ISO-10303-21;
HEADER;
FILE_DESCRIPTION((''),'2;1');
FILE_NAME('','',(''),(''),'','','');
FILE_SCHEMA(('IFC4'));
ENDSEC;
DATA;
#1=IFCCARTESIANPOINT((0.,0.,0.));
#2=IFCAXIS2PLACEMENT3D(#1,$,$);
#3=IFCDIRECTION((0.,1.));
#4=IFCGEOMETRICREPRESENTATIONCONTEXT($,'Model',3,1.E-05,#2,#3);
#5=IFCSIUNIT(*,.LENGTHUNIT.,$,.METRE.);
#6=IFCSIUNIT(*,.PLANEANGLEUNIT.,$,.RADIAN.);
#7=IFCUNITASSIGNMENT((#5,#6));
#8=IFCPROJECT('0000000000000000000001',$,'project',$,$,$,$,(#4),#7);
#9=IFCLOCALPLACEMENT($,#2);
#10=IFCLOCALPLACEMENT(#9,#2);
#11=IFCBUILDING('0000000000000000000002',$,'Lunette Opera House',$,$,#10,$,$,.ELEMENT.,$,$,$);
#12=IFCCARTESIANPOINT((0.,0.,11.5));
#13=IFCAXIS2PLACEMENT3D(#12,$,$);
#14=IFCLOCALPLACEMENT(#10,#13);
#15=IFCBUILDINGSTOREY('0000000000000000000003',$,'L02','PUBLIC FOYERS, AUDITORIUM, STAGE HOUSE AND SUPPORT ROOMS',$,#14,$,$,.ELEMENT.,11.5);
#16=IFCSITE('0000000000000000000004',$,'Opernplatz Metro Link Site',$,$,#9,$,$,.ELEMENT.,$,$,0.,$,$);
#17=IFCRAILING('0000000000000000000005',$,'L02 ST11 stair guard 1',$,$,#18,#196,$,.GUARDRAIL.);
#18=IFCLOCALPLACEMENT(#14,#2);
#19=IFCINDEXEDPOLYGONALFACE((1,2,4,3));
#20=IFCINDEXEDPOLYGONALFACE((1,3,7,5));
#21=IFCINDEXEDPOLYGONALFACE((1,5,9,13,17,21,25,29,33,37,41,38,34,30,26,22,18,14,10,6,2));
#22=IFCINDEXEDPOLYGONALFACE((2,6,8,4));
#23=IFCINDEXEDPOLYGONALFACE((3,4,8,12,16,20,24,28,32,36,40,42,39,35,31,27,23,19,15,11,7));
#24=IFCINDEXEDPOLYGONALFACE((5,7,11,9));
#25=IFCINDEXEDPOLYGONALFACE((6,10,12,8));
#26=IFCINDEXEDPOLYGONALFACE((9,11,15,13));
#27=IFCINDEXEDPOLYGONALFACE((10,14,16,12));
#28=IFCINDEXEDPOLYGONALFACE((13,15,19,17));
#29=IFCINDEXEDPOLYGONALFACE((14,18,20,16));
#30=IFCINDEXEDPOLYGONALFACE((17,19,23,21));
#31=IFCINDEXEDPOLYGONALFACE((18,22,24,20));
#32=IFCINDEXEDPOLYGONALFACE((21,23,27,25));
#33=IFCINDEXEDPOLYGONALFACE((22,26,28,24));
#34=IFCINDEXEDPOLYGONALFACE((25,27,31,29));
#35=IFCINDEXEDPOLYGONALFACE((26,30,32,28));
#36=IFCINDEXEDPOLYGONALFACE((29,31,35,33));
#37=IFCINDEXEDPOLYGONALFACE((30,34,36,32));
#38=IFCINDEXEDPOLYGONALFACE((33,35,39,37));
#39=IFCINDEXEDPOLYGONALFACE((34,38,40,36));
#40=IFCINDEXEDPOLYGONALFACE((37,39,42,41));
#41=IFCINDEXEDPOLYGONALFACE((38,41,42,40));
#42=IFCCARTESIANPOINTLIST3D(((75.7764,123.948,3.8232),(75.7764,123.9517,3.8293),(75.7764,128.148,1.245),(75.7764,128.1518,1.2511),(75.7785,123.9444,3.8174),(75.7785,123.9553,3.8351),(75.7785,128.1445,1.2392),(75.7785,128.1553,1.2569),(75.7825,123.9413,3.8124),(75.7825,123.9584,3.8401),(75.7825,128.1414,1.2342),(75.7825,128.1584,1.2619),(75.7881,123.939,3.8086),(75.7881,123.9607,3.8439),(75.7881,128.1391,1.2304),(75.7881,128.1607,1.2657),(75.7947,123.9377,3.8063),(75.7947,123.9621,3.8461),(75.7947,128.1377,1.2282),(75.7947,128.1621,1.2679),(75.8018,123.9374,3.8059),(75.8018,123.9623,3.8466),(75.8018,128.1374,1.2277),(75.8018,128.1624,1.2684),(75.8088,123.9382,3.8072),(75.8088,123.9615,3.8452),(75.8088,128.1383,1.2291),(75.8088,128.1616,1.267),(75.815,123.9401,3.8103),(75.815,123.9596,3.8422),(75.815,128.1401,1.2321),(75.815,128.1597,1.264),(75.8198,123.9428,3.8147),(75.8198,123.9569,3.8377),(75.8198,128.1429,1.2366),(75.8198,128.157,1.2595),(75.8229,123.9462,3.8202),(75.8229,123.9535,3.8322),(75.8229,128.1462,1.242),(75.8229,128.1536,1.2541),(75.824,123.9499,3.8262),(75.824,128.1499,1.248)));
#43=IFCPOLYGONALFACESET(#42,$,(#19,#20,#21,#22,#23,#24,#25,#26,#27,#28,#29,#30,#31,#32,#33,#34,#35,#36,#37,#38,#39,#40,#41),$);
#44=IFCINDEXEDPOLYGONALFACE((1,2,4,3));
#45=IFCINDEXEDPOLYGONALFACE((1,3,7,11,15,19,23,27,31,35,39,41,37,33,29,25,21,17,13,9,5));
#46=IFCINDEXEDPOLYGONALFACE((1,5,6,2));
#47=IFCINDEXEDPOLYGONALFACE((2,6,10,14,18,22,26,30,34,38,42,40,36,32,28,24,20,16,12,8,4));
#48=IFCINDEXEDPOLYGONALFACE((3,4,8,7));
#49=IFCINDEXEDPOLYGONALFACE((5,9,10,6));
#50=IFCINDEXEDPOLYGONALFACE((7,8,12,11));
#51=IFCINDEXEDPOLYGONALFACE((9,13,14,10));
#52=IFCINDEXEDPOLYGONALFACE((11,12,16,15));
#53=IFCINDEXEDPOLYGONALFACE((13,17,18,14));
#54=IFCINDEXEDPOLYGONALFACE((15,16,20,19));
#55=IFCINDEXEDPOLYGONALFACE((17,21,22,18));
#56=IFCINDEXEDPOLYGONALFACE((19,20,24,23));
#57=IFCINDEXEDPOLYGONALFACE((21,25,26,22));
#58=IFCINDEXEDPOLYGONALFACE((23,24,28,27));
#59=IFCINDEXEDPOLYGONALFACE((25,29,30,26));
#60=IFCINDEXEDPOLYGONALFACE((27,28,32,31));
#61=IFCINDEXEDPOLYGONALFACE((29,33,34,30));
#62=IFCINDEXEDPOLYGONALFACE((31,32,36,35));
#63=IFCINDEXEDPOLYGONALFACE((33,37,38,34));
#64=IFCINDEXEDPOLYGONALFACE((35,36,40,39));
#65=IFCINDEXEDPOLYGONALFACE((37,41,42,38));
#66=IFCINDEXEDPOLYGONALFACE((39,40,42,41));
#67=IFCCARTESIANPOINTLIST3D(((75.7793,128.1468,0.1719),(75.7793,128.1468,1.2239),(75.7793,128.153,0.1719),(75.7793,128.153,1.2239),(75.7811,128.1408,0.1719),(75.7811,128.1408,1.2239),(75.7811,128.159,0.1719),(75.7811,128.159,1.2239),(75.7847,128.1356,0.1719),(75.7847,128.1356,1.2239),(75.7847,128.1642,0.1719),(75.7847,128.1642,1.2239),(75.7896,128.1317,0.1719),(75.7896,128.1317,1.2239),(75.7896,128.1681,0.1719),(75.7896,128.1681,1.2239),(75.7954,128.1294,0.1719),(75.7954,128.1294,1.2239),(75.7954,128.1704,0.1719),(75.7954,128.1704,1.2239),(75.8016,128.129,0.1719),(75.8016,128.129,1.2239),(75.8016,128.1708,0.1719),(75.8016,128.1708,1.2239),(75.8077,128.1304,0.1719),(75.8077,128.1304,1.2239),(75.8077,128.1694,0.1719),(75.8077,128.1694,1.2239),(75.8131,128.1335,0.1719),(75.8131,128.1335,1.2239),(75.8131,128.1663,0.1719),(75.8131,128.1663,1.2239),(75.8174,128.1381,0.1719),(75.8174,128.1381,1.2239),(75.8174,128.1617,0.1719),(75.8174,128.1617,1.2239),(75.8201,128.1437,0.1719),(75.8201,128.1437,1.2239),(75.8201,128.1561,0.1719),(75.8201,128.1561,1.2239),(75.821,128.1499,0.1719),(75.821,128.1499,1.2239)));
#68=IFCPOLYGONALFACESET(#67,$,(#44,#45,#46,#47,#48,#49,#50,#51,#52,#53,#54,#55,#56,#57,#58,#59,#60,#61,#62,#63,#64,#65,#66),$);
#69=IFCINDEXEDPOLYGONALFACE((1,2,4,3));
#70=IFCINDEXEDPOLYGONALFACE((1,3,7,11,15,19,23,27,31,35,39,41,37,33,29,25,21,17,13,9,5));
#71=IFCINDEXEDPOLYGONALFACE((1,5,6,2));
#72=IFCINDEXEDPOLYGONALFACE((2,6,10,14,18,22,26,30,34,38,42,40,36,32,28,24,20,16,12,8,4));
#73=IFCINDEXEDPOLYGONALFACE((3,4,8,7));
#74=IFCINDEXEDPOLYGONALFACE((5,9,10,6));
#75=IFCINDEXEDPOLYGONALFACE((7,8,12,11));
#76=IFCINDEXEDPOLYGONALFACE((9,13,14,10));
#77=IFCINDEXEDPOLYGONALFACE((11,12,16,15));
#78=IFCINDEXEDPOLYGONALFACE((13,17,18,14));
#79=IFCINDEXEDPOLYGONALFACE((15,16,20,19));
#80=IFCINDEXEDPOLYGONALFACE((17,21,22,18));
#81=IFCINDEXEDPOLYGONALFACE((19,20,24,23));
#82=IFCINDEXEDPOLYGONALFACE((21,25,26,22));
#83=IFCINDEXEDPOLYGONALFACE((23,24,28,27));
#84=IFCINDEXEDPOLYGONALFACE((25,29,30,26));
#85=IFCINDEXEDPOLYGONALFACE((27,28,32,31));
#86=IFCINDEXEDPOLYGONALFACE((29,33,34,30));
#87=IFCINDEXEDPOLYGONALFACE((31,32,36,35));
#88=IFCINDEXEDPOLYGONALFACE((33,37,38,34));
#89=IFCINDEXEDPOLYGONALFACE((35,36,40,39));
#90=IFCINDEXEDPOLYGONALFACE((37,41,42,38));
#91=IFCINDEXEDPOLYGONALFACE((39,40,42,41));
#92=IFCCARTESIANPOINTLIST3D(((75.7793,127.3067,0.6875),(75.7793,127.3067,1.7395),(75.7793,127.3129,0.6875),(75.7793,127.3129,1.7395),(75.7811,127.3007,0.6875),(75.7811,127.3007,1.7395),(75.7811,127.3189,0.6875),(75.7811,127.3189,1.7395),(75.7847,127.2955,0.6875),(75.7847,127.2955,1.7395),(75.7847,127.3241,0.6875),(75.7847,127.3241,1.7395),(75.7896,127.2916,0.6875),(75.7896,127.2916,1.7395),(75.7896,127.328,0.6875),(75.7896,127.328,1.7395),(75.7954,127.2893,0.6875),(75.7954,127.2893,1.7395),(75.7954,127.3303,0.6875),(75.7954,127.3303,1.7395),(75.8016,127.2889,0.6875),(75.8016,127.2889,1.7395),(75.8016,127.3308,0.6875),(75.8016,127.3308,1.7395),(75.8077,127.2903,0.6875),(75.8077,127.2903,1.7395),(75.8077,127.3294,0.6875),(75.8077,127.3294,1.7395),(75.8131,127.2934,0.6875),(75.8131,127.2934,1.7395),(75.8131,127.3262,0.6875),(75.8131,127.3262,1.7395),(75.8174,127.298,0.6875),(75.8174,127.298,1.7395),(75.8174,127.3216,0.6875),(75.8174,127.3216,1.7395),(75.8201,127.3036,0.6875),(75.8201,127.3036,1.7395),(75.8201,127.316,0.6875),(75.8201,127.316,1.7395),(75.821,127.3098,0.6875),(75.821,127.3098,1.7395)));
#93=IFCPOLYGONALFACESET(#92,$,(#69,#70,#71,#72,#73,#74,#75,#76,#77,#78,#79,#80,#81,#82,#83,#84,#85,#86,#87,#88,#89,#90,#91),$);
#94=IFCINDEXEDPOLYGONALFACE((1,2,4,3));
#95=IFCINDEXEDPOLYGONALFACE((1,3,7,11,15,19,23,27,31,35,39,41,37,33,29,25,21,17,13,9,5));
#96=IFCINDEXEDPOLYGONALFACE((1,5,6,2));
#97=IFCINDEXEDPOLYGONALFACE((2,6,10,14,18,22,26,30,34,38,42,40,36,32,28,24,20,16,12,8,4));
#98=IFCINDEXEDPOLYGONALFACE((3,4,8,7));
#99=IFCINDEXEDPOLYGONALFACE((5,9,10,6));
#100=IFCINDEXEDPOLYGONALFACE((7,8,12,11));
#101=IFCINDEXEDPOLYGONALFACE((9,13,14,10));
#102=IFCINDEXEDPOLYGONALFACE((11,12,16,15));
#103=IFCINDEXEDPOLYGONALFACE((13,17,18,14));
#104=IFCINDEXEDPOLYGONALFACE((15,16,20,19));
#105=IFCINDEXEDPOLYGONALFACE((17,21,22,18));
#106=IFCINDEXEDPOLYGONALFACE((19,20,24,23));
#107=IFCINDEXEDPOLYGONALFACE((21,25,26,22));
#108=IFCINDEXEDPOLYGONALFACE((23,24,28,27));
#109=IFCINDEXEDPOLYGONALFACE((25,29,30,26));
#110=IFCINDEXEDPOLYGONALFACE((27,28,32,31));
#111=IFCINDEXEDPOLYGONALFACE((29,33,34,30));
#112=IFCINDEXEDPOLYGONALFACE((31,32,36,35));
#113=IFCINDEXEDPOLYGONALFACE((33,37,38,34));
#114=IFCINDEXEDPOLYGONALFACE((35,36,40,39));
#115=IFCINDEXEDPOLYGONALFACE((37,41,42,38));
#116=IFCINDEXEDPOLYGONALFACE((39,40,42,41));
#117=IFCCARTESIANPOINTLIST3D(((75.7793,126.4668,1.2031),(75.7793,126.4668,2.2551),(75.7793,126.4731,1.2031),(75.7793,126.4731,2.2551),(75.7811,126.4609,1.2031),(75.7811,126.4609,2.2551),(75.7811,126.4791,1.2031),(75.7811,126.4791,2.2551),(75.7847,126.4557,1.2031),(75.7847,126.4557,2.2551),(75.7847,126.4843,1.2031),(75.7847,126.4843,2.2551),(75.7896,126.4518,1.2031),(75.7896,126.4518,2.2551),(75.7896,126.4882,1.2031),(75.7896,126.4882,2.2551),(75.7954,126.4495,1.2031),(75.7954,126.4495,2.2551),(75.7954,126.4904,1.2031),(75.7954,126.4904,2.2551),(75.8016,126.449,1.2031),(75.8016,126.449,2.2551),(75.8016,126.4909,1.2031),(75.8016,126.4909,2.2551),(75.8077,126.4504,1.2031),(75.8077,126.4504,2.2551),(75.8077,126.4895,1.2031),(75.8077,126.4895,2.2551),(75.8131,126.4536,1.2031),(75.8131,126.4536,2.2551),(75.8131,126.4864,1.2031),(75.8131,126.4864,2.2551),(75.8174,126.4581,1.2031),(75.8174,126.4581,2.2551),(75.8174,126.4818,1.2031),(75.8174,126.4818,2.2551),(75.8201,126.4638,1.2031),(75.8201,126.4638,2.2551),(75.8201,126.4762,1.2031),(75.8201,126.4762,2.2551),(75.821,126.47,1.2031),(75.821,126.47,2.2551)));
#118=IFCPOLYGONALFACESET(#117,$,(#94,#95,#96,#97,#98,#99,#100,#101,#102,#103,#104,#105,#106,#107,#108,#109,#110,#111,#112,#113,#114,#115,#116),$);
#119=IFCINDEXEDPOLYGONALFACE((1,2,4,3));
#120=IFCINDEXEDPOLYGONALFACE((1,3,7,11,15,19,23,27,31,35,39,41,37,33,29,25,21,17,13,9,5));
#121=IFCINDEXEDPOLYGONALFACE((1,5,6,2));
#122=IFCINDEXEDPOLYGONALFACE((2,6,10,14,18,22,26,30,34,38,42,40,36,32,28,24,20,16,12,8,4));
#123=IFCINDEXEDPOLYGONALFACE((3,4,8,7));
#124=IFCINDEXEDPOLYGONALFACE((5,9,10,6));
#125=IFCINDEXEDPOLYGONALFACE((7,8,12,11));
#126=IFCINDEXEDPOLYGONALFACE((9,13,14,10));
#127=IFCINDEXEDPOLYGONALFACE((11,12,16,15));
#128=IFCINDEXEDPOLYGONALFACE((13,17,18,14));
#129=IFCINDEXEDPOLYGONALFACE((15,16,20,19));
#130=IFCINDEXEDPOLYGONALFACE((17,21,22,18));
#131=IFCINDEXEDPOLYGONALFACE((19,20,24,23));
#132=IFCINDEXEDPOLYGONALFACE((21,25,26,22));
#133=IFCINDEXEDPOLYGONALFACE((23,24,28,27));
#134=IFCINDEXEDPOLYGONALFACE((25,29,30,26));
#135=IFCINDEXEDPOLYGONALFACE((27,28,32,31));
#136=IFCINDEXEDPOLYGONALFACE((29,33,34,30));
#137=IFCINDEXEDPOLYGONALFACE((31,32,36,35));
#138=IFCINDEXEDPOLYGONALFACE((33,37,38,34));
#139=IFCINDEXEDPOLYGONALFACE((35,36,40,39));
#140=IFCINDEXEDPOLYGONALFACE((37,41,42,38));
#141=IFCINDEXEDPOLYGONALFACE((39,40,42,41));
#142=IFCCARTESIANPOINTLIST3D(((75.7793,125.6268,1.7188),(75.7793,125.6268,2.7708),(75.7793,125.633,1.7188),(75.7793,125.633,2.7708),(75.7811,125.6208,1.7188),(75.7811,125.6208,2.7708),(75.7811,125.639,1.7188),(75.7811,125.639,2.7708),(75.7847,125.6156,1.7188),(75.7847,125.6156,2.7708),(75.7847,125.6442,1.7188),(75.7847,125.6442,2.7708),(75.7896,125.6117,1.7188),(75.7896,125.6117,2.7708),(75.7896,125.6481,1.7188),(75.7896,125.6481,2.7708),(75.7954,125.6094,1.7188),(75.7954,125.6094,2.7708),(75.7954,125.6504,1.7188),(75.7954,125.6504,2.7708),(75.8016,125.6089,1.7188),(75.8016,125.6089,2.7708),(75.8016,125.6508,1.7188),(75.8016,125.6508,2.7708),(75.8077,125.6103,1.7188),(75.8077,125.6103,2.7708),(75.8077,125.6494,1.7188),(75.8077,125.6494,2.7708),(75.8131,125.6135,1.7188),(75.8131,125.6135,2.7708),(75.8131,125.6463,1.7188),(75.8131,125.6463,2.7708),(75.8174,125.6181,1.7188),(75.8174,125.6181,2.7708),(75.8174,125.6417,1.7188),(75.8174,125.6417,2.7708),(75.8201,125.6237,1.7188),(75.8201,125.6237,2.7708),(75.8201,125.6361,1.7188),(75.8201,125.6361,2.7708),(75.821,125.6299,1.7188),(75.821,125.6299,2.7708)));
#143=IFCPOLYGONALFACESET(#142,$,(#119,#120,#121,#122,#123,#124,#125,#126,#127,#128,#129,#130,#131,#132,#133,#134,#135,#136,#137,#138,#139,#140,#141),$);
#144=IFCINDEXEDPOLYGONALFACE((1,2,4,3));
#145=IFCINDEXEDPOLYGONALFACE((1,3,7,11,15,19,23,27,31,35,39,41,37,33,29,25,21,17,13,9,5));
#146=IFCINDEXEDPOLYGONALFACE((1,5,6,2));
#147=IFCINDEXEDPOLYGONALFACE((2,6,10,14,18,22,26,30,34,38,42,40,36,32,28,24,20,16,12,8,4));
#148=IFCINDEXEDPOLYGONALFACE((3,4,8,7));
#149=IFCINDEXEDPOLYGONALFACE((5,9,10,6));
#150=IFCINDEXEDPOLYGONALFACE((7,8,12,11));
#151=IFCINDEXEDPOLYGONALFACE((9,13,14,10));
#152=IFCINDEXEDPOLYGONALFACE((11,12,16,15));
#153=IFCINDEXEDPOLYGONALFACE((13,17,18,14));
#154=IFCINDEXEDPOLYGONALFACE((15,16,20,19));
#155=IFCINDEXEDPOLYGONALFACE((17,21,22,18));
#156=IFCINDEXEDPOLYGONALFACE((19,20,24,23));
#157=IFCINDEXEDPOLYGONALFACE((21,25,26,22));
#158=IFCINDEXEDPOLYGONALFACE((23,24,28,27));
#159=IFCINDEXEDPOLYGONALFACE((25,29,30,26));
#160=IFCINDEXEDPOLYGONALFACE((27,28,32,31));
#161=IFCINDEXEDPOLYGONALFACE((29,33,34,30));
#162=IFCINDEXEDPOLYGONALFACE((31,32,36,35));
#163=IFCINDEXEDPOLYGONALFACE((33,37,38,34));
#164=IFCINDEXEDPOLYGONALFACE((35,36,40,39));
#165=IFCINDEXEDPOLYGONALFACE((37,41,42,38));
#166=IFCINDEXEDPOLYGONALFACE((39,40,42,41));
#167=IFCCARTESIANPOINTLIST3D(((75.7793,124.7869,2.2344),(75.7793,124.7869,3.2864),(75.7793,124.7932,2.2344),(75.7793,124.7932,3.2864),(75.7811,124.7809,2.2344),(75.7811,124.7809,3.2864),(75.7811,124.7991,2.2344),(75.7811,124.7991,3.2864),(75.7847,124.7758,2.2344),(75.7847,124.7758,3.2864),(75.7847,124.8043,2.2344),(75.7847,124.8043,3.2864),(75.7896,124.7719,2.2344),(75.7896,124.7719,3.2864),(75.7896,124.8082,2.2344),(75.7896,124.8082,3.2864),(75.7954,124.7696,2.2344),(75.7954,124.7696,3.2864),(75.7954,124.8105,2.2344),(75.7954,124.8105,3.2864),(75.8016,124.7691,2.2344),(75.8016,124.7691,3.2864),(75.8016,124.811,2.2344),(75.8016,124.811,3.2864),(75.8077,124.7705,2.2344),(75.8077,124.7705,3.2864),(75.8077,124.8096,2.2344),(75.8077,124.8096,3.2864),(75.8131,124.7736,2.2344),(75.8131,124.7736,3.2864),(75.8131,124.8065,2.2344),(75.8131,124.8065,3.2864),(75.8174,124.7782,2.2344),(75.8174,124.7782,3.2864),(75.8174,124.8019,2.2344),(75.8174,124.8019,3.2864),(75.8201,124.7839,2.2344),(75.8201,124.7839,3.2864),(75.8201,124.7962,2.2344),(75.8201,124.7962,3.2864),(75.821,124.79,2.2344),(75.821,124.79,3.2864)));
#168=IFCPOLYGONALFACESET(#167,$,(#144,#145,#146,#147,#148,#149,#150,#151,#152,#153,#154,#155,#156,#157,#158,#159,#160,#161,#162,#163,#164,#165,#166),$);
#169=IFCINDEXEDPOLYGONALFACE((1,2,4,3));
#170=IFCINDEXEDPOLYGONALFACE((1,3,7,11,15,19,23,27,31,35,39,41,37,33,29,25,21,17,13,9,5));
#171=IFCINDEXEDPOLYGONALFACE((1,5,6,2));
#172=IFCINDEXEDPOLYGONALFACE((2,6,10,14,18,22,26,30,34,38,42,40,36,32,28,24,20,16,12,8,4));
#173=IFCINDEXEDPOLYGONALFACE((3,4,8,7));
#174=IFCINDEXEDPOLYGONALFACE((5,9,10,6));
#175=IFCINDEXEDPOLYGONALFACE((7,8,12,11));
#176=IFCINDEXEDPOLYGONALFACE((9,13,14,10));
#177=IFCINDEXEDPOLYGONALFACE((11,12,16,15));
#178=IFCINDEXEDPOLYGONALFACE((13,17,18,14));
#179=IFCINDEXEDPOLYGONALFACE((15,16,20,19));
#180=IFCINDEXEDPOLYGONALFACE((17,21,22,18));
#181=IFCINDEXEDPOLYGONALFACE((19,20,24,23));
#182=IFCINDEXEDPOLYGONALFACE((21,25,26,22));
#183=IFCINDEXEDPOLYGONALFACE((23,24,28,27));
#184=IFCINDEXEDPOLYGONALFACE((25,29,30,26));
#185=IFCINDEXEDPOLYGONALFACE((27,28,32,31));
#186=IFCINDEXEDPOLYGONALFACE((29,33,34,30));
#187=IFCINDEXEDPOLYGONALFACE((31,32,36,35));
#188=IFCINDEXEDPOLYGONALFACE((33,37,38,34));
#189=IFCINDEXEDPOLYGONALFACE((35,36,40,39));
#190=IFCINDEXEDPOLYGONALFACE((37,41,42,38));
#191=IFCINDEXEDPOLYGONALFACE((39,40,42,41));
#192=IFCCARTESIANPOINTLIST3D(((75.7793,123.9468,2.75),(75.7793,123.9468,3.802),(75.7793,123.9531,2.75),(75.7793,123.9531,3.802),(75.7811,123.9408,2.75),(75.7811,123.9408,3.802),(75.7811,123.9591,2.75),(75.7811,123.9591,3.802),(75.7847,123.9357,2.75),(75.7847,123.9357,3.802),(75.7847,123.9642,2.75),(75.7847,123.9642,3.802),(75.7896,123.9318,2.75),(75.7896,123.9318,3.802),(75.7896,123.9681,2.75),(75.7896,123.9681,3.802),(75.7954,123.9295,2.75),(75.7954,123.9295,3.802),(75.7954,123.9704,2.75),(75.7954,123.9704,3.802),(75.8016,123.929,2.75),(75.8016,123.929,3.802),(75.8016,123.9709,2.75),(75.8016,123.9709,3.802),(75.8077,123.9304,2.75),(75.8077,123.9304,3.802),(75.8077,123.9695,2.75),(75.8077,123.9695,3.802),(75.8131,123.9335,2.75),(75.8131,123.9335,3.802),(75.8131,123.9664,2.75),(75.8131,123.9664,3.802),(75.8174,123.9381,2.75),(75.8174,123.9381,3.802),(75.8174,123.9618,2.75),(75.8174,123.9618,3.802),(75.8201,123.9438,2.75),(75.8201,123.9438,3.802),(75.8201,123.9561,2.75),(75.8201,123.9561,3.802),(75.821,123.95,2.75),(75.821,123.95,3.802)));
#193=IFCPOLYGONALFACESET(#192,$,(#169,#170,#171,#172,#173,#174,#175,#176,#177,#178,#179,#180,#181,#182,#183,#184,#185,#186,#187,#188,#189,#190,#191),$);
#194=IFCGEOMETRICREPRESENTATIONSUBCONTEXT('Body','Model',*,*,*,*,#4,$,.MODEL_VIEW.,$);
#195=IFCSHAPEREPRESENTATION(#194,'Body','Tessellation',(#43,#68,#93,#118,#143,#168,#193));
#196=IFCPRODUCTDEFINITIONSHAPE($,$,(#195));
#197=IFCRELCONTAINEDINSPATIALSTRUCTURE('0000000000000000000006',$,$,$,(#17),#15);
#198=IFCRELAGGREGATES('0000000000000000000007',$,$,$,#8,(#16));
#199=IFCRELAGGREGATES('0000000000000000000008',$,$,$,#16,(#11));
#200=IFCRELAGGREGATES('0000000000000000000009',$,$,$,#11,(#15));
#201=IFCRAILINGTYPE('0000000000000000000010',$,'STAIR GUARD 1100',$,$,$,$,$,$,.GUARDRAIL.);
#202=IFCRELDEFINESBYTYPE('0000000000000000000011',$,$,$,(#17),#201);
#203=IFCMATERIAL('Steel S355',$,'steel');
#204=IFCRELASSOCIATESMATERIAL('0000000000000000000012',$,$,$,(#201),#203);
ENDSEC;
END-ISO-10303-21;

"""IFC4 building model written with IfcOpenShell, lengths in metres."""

from ifc_helpers import new_model, si_unit, direction, frame, origin, origin_2d, place, context, subcontext, project, spatial, circle, extrude, material, type_object, element, save


model = new_model("IFC4")

# Units and contexts
model_context = context("Model", 3, precision=1e-05, world=origin(), true_north=direction((0.0, 1.0)))
body_context = subcontext(model_context, "Body", "Model", "MODEL_VIEW")
ifc_project = project(units=[si_unit("LENGTHUNIT", "METRE"), si_unit("PLANEANGLEUNIT", "RADIAN")], contexts=[model_context])

# Site, building, storey
site_placement = place(None, origin())
site = spatial("IfcSite", under=ifc_project, at=site_placement, Name="Opernplatz Metro Link Site", CompositionType="ELEMENT", RefElevation=0.0)
building_placement = place(site_placement, origin())
building = spatial("IfcBuilding", under=site, at=building_placement, Name="Lunette Opera House", CompositionType="ELEMENT")
storey_placement = place(building_placement, frame((0.0, 0.0, 11.5)))
storey = spatial("IfcBuildingStorey", under=building, at=storey_placement, Name="L02", Description="PUBLIC FOYERS, AUDITORIUM, STAGE HOUSE AND SUPPORT ROOMS", CompositionType="ELEMENT", Elevation=11.5)

# Railing
ifc_material_1 = material(Name="Steel S355", Category="steel")
railing_type_1 = type_object("IfcRailingType", Name="STAIR GUARD 1100", PredefinedType="GUARDRAIL", material=ifc_material_1)
railing_1_placement = place(storey_placement, frame((75.8, 128.1499, 0.1719)))
element("IfcRailing", 1, at=railing_1_placement, inside=storey, type_object=railing_type_1, Name="L02 ST11 stair guard 1", PredefinedType="GUARDRAIL", context=body_context, shape_type="SweptSolid", body=[
    extrude(circle(Radius=0.0239, at=origin_2d()), frame((0.0, 0.0, 1.0762), z_axis=(0.0, -0.852243, 0.523146), x_axis=(1.0, 0.0, 0.0)), (0.0, 0.0, 1.0), 4.9282),
    extrude(circle(Radius=0.021, at=origin_2d()), origin(), (0.0, 0.0, 1.0), 1.052),
    extrude(circle(Radius=0.021, at=origin_2d()), frame((0.0, -0.8401, 0.5156)), (0.0, 0.0, 1.0), 1.052),
    extrude(circle(Radius=0.021, at=origin_2d()), frame((0.0, -1.6799, 1.0312)), (0.0, 0.0, 1.0), 1.052),
    extrude(circle(Radius=0.021, at=origin_2d()), frame((0.0, -2.52, 1.5469)), (0.0, 0.0, 1.0), 1.052),
    extrude(circle(Radius=0.021, at=origin_2d()), frame((0.0, -3.3599, 2.0625)), (0.0, 0.0, 1.0), 1.052),
    extrude(circle(Radius=0.021, at=origin_2d()), frame((0.0, -4.2, 2.5781)), (0.0, 0.0, 1.0), 1.052),
])

save(model, "model.ifc")
